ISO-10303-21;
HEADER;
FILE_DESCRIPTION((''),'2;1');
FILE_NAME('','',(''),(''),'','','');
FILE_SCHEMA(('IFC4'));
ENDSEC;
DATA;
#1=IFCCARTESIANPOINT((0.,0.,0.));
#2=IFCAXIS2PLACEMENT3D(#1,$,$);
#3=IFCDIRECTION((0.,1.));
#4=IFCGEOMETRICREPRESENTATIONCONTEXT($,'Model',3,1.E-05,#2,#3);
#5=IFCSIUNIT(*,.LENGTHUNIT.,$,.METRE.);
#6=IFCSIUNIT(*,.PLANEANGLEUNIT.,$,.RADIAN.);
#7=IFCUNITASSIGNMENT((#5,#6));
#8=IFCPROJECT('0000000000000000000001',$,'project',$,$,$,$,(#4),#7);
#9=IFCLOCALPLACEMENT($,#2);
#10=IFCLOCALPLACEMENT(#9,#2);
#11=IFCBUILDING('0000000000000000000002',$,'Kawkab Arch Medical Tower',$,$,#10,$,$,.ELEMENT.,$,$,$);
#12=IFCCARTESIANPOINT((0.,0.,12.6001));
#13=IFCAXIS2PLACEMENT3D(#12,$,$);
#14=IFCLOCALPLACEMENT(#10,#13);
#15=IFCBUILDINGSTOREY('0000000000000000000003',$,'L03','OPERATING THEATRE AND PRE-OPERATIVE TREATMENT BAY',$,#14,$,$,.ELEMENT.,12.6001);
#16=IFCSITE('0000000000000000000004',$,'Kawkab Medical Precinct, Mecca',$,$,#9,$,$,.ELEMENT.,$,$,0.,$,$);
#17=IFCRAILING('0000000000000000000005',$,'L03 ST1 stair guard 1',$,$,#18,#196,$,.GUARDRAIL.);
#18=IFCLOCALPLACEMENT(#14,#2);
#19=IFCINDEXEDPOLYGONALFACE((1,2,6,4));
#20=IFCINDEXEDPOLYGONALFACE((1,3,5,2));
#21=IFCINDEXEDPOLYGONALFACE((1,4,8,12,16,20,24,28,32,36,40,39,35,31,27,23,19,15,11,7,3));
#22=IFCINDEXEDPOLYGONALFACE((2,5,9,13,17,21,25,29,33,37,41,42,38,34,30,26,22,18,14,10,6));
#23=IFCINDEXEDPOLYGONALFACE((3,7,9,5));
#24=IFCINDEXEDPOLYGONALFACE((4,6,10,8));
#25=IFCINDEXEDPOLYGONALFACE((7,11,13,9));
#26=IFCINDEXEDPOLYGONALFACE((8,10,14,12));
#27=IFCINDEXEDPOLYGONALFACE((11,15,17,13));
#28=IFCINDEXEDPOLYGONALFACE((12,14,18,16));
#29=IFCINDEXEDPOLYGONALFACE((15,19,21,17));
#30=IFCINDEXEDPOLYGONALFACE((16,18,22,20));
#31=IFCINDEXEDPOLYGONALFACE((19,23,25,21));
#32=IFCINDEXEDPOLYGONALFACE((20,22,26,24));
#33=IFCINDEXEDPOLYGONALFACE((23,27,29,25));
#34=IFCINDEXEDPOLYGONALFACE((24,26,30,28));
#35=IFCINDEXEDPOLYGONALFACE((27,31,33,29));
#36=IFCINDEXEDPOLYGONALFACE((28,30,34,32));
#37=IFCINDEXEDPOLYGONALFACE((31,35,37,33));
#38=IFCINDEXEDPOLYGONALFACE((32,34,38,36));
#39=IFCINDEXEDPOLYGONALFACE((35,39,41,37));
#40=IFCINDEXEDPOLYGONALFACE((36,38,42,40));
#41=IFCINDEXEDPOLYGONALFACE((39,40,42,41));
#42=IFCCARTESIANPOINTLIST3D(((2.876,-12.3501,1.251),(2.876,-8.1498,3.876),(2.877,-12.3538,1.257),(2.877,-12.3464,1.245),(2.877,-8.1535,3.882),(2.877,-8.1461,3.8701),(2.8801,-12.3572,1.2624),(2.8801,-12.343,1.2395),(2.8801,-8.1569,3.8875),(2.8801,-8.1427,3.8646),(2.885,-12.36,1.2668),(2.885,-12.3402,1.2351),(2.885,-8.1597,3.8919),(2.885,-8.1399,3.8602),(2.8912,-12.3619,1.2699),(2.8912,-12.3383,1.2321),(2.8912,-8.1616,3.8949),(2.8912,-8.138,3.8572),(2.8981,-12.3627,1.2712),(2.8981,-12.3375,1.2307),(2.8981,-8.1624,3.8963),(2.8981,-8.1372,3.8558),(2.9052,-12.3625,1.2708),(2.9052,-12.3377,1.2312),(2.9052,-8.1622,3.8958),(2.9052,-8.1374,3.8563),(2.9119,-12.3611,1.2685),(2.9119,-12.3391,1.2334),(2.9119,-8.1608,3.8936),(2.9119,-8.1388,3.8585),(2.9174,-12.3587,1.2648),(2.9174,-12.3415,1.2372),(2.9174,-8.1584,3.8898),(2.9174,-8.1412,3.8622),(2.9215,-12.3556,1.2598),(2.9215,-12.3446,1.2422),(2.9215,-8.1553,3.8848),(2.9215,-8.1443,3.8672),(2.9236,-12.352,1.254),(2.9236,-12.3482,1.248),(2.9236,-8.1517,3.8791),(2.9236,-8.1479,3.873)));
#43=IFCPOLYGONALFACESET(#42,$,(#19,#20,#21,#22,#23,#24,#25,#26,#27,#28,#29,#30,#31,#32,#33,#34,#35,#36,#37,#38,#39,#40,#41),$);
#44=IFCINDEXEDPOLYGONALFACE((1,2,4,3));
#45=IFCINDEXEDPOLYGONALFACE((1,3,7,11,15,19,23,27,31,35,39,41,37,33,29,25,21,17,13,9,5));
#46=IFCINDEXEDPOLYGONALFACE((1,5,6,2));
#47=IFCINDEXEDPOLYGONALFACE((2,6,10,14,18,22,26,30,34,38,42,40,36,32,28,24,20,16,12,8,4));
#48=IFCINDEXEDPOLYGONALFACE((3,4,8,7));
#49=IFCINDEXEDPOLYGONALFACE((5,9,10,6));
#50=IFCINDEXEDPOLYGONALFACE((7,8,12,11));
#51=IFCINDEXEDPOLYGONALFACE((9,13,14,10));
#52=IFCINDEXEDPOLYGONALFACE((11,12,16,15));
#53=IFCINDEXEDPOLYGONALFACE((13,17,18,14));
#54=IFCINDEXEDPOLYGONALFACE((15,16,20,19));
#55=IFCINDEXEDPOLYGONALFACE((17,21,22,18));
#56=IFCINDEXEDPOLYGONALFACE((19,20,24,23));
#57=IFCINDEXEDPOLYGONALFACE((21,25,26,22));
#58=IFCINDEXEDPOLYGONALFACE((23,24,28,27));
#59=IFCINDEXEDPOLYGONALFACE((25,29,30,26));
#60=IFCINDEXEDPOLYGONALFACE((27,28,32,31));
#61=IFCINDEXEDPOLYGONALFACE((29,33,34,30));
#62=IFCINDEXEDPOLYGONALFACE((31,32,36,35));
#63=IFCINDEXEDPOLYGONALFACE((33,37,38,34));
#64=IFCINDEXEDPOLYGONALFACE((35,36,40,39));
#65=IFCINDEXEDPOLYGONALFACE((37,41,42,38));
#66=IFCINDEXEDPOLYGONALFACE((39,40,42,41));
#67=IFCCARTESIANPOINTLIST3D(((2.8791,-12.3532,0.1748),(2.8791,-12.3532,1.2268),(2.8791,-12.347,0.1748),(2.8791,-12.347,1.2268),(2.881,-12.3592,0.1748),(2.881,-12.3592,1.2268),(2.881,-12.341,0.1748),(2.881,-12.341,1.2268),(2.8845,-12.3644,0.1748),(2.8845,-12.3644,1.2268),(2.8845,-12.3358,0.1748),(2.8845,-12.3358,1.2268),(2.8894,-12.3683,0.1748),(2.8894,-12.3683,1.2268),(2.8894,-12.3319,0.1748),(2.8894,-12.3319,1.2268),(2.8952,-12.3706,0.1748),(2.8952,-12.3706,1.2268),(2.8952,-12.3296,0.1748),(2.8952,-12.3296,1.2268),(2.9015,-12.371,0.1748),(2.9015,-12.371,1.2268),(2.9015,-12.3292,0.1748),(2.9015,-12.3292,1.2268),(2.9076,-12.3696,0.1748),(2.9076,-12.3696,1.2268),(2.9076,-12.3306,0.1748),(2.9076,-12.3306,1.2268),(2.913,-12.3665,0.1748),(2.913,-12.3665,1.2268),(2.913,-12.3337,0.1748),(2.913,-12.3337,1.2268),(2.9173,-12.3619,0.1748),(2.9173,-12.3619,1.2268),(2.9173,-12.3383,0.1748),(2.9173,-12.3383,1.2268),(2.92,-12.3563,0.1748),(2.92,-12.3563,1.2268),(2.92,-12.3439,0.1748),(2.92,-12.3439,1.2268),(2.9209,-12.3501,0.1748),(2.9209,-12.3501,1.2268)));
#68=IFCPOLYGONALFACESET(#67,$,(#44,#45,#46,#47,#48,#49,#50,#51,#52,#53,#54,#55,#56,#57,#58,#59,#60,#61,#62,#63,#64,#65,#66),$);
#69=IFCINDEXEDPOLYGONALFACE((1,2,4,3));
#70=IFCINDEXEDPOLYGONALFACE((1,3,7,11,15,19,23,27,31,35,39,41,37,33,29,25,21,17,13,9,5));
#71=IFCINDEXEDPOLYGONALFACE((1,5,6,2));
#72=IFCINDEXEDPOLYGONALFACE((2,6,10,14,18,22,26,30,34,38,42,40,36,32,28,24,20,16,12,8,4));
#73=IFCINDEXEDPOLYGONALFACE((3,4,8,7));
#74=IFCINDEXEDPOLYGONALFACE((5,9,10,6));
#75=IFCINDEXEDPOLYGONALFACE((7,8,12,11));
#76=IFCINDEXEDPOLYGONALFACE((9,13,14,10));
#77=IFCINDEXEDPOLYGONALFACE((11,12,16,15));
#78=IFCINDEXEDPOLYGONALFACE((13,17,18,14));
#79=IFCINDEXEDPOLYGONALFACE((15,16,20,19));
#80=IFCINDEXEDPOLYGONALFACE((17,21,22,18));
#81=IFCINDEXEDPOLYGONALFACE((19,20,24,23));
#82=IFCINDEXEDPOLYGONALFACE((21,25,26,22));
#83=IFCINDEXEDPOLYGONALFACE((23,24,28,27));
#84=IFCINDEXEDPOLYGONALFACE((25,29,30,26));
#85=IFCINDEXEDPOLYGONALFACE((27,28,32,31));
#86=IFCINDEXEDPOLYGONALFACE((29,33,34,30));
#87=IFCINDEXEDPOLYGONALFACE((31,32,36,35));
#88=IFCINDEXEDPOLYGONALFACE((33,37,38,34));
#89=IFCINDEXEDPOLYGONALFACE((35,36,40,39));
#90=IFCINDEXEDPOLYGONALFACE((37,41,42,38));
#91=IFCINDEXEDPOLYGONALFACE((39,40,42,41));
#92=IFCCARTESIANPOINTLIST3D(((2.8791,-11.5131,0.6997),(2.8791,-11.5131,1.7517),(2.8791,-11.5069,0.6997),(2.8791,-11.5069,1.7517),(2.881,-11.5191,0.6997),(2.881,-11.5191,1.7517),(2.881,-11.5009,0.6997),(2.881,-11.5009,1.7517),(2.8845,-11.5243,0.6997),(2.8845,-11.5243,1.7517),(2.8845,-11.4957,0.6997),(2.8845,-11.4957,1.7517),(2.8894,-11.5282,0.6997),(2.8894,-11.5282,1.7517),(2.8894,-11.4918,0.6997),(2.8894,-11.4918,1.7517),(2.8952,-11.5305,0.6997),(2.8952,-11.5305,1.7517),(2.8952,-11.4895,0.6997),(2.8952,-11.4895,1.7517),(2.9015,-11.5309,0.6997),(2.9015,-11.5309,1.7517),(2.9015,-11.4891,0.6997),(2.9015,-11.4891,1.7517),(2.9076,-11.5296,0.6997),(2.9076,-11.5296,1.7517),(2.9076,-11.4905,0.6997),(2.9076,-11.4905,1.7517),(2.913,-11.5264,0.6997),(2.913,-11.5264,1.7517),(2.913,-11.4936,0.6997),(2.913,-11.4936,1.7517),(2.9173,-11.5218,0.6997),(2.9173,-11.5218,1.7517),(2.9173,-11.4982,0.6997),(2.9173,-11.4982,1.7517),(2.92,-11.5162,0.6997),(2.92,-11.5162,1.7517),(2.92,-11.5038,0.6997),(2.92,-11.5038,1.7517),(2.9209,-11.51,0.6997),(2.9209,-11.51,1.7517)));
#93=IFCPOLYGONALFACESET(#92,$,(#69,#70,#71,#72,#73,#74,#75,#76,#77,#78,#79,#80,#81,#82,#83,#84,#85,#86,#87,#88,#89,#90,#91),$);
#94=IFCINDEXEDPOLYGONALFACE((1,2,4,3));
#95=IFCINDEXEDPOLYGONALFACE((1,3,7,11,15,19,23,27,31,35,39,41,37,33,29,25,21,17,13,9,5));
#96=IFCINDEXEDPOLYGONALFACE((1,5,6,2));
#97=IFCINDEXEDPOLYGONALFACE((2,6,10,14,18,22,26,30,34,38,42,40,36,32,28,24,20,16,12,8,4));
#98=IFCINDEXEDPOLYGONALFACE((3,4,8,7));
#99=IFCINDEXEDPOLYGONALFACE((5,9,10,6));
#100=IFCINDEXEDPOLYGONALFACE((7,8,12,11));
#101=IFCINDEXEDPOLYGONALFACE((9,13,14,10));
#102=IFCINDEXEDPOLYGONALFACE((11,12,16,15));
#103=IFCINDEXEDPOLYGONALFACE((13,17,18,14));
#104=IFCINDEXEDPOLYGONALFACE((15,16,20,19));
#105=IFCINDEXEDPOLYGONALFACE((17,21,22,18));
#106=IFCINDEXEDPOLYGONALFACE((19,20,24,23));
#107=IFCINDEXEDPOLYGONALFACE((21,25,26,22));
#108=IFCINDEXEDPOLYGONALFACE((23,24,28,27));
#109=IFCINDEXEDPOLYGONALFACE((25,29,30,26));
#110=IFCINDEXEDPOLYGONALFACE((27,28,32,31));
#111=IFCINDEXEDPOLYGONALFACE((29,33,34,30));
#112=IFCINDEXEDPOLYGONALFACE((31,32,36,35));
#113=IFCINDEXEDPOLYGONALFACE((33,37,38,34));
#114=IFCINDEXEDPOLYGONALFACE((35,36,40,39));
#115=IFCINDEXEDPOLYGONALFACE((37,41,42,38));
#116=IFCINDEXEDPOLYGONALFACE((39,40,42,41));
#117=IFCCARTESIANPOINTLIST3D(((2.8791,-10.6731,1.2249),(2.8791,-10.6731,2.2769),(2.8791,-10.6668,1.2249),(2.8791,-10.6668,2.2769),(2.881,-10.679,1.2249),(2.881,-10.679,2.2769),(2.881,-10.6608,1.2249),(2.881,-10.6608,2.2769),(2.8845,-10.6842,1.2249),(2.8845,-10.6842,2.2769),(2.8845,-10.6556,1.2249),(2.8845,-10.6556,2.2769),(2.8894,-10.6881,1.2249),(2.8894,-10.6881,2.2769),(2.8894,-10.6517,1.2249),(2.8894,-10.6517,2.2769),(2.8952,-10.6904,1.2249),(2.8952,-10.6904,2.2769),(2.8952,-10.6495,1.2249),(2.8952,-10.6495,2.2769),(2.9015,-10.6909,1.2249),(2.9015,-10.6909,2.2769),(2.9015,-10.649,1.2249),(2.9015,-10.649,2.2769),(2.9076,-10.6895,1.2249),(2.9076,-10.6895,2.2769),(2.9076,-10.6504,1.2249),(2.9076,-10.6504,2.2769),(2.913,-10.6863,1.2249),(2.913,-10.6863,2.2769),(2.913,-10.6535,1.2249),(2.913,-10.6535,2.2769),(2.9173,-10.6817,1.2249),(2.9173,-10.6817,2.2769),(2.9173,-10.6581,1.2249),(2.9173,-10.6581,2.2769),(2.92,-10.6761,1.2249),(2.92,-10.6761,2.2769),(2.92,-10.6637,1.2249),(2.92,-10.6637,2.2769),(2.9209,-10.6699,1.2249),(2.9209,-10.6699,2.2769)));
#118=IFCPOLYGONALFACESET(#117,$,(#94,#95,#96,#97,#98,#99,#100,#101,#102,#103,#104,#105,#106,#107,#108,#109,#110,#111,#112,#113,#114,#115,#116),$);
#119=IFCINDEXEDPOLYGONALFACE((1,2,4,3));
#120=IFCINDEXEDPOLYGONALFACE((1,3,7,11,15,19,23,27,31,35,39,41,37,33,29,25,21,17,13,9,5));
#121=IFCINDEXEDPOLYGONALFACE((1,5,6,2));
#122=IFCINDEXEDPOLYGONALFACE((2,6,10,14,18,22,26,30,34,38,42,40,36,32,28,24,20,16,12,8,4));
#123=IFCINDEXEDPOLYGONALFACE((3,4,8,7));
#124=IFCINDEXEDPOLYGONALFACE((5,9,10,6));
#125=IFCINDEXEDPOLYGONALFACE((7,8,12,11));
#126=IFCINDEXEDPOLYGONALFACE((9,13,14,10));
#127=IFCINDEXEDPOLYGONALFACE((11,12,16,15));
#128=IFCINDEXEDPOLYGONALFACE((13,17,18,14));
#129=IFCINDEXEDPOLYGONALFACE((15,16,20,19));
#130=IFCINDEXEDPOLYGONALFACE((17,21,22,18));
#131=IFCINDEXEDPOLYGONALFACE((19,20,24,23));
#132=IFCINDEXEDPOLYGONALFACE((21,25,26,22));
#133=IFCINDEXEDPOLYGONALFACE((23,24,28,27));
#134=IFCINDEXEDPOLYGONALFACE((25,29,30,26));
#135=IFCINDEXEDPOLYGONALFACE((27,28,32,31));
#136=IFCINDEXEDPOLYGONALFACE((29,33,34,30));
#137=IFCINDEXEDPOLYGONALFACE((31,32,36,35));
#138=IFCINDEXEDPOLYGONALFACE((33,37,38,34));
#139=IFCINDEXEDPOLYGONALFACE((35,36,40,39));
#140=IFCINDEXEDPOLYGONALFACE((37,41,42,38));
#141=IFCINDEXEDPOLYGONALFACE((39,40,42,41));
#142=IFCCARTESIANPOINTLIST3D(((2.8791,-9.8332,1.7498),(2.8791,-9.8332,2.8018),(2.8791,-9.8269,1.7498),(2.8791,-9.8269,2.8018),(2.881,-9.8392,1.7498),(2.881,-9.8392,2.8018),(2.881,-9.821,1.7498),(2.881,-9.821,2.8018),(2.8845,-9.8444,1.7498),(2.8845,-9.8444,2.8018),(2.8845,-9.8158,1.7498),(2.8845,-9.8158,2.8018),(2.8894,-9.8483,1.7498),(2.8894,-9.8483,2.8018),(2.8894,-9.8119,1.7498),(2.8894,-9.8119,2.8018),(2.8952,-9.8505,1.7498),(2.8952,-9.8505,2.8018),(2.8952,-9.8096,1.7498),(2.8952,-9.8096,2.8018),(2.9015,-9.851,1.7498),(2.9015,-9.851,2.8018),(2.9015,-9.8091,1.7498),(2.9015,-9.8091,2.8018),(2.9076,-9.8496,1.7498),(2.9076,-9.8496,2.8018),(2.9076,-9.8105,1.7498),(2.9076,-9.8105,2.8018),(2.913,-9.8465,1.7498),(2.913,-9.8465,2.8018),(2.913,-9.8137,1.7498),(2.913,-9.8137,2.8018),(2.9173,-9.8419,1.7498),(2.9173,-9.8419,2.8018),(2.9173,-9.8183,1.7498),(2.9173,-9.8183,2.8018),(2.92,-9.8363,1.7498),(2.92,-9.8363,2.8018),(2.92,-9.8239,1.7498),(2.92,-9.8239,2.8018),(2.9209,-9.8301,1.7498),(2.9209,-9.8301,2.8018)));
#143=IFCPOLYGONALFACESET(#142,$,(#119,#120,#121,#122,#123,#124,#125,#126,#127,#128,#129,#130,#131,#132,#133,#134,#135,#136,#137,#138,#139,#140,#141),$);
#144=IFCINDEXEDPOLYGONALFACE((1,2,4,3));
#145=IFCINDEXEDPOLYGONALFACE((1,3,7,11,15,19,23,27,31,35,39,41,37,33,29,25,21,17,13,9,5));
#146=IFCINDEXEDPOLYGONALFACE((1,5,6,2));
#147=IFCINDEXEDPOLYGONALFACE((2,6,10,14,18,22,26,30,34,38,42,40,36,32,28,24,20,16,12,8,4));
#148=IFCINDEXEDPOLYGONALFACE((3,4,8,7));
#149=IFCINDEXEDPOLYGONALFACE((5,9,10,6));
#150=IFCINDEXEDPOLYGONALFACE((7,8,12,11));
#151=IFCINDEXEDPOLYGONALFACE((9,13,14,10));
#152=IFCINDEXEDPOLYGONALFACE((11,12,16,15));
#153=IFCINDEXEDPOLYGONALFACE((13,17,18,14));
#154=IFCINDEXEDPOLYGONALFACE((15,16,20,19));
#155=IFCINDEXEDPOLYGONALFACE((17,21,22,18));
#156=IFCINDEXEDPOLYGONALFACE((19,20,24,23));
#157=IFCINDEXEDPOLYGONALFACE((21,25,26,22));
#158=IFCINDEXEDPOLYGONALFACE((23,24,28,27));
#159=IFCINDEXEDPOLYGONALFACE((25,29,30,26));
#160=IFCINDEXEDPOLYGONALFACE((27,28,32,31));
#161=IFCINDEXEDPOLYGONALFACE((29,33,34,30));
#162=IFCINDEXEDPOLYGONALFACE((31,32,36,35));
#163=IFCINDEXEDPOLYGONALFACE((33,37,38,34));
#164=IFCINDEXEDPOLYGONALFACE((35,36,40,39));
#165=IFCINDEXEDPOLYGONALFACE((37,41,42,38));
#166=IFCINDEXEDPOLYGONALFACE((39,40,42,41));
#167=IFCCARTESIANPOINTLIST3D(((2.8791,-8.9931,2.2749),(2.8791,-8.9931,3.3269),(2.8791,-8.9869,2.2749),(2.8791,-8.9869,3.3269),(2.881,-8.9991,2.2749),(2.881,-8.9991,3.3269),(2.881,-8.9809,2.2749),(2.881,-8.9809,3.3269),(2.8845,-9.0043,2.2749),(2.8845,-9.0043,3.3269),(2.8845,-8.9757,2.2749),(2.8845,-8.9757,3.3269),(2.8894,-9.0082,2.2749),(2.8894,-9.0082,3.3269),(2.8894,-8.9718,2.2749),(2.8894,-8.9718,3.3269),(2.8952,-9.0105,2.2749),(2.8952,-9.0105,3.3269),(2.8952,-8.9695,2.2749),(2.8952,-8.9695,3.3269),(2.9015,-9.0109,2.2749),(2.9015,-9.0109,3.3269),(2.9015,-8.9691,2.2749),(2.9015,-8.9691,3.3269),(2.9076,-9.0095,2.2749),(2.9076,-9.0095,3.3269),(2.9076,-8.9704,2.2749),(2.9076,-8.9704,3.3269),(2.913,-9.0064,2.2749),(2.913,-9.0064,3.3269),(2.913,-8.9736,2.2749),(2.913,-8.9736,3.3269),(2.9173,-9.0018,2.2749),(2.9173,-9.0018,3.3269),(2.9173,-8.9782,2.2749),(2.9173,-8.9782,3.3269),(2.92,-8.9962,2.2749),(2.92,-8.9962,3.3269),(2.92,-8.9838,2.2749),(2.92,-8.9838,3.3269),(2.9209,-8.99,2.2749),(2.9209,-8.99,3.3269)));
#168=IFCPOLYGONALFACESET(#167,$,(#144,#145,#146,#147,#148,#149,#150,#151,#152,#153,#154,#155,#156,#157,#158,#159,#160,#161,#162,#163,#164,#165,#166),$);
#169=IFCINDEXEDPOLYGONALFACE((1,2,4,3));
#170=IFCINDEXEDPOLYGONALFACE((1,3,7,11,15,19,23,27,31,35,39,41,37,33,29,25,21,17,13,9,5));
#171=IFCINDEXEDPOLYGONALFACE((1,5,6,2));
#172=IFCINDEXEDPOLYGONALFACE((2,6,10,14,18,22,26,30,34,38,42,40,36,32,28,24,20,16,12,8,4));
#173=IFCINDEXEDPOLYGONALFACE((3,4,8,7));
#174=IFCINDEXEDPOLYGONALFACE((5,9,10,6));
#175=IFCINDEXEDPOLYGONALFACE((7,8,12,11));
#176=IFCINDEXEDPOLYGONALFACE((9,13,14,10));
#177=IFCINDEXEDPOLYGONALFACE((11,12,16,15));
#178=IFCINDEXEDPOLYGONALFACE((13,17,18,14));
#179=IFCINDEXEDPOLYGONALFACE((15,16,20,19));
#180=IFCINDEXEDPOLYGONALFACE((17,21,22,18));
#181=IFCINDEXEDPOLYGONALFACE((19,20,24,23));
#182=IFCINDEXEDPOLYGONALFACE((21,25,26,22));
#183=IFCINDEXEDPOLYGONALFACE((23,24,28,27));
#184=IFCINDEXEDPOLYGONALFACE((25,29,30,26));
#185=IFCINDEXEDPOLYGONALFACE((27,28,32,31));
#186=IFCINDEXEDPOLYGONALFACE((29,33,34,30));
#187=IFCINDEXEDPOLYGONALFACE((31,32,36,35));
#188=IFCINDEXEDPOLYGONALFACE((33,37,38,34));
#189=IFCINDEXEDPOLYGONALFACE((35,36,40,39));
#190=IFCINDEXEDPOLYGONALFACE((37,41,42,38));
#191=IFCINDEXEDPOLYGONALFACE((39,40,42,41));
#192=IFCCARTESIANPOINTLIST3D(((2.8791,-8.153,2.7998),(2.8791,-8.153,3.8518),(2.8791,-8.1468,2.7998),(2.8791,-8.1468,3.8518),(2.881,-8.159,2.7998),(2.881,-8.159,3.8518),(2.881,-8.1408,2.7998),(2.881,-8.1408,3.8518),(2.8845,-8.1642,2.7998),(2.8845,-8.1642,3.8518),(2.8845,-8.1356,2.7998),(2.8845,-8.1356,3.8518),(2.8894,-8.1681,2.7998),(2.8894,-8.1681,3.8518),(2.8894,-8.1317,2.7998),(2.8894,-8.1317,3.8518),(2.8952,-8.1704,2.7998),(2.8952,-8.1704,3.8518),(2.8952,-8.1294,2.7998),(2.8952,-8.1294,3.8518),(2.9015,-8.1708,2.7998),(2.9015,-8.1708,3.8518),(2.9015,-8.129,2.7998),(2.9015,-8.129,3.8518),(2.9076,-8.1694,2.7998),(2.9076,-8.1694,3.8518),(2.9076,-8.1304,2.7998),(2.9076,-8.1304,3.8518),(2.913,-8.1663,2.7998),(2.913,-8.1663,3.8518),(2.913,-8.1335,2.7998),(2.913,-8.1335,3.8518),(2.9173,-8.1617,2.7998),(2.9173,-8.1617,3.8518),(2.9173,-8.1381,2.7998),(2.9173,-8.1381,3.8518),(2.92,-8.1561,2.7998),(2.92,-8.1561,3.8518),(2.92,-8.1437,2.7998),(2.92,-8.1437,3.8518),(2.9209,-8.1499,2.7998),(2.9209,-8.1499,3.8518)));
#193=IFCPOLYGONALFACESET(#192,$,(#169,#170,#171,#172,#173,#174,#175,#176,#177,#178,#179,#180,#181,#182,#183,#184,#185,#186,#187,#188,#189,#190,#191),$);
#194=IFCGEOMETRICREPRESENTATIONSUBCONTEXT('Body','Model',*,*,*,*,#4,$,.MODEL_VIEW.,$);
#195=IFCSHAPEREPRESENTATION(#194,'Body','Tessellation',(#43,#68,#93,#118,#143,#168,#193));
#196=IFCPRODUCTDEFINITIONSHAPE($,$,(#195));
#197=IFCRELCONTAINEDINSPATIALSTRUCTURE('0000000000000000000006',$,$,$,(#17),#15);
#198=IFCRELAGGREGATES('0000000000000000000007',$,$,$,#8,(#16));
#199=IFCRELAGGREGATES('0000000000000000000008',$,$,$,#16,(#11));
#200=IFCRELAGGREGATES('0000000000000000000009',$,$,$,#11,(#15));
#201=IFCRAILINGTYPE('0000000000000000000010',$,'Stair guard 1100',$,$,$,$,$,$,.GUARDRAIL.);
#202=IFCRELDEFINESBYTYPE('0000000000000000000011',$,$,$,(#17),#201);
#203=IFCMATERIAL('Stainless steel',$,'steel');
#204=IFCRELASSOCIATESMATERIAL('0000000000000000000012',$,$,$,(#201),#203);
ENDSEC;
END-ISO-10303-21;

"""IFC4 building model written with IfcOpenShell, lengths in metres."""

from ifc_helpers import new_model, si_unit, direction, frame, origin, origin_2d, place, context, subcontext, project, spatial, circle, extrude, material, type_object, element, save


model = new_model("IFC4")

# Units and contexts
model_context = context("Model", 3, precision=1e-05, world=origin(), true_north=direction((0.0, 1.0)))
body_context = subcontext(model_context, "Body", "Model", "MODEL_VIEW")
ifc_project = project(units=[si_unit("LENGTHUNIT", "METRE"), si_unit("PLANEANGLEUNIT", "RADIAN")], contexts=[model_context])

# Site, building, storey
site_placement = place(None, origin())
site = spatial("IfcSite", under=ifc_project, at=site_placement, Name="Kawkab Medical Precinct, Mecca", CompositionType="ELEMENT", RefElevation=0.0)
building_placement = place(site_placement, origin())
building = spatial("IfcBuilding", under=site, at=building_placement, Name="Kawkab Arch Medical Tower", CompositionType="ELEMENT")
storey_placement = place(building_placement, frame((0.0, 0.0, 12.6001)))
storey = spatial("IfcBuildingStorey", under=building, at=storey_placement, Name="L03", Description="OPERATING THEATRE AND PRE-OPERATIVE TREATMENT BAY", CompositionType="ELEMENT", Elevation=12.6001)

# Railing
ifc_material_1 = material(Name="Stainless steel", Category="steel")
railing_type = type_object("IfcRailingType", Name="Stair guard 1100", PredefinedType="GUARDRAIL", material=ifc_material_1)
railing_1_placement = place(storey_placement, frame((2.8999, -12.3501, 0.1748)))
element("IfcRailing", 1, at=railing_1_placement, inside=storey, type_object=railing_type, Name="L03 ST1 stair guard 1", PredefinedType="GUARDRAIL", context=body_context, shape_type="SweptSolid", body=[
    extrude(circle(Radius=0.0239, at=origin_2d()), frame((0.0, 0.0, 1.0762), z_axis=(0.0, 0.848009, 0.529981), x_axis=(-1.0, 0.0, 0.0)), (0.0, 0.0, 1.0), 4.9531),
    extrude(circle(Radius=0.021, at=origin_2d()), origin(), (0.0, 0.0, 1.0), 1.052),
    extrude(circle(Radius=0.021, at=origin_2d()), frame((0.0, 0.8401, 0.5249)), (0.0, 0.0, 1.0), 1.052),
    extrude(circle(Radius=0.021, at=origin_2d()), frame((0.0, 1.6802, 1.05)), (0.0, 0.0, 1.0), 1.052),
    extrude(circle(Radius=0.021, at=origin_2d()), frame((0.0, 2.52, 1.575)), (0.0, 0.0, 1.0), 1.052),
    extrude(circle(Radius=0.021, at=origin_2d()), frame((0.0, 3.3601, 2.1001)), (0.0, 0.0, 1.0), 1.052),
    extrude(circle(Radius=0.021, at=origin_2d()), frame((0.0, 4.2002, 2.625)), (0.0, 0.0, 1.0), 1.052),
])

save(model, "model.ifc")
